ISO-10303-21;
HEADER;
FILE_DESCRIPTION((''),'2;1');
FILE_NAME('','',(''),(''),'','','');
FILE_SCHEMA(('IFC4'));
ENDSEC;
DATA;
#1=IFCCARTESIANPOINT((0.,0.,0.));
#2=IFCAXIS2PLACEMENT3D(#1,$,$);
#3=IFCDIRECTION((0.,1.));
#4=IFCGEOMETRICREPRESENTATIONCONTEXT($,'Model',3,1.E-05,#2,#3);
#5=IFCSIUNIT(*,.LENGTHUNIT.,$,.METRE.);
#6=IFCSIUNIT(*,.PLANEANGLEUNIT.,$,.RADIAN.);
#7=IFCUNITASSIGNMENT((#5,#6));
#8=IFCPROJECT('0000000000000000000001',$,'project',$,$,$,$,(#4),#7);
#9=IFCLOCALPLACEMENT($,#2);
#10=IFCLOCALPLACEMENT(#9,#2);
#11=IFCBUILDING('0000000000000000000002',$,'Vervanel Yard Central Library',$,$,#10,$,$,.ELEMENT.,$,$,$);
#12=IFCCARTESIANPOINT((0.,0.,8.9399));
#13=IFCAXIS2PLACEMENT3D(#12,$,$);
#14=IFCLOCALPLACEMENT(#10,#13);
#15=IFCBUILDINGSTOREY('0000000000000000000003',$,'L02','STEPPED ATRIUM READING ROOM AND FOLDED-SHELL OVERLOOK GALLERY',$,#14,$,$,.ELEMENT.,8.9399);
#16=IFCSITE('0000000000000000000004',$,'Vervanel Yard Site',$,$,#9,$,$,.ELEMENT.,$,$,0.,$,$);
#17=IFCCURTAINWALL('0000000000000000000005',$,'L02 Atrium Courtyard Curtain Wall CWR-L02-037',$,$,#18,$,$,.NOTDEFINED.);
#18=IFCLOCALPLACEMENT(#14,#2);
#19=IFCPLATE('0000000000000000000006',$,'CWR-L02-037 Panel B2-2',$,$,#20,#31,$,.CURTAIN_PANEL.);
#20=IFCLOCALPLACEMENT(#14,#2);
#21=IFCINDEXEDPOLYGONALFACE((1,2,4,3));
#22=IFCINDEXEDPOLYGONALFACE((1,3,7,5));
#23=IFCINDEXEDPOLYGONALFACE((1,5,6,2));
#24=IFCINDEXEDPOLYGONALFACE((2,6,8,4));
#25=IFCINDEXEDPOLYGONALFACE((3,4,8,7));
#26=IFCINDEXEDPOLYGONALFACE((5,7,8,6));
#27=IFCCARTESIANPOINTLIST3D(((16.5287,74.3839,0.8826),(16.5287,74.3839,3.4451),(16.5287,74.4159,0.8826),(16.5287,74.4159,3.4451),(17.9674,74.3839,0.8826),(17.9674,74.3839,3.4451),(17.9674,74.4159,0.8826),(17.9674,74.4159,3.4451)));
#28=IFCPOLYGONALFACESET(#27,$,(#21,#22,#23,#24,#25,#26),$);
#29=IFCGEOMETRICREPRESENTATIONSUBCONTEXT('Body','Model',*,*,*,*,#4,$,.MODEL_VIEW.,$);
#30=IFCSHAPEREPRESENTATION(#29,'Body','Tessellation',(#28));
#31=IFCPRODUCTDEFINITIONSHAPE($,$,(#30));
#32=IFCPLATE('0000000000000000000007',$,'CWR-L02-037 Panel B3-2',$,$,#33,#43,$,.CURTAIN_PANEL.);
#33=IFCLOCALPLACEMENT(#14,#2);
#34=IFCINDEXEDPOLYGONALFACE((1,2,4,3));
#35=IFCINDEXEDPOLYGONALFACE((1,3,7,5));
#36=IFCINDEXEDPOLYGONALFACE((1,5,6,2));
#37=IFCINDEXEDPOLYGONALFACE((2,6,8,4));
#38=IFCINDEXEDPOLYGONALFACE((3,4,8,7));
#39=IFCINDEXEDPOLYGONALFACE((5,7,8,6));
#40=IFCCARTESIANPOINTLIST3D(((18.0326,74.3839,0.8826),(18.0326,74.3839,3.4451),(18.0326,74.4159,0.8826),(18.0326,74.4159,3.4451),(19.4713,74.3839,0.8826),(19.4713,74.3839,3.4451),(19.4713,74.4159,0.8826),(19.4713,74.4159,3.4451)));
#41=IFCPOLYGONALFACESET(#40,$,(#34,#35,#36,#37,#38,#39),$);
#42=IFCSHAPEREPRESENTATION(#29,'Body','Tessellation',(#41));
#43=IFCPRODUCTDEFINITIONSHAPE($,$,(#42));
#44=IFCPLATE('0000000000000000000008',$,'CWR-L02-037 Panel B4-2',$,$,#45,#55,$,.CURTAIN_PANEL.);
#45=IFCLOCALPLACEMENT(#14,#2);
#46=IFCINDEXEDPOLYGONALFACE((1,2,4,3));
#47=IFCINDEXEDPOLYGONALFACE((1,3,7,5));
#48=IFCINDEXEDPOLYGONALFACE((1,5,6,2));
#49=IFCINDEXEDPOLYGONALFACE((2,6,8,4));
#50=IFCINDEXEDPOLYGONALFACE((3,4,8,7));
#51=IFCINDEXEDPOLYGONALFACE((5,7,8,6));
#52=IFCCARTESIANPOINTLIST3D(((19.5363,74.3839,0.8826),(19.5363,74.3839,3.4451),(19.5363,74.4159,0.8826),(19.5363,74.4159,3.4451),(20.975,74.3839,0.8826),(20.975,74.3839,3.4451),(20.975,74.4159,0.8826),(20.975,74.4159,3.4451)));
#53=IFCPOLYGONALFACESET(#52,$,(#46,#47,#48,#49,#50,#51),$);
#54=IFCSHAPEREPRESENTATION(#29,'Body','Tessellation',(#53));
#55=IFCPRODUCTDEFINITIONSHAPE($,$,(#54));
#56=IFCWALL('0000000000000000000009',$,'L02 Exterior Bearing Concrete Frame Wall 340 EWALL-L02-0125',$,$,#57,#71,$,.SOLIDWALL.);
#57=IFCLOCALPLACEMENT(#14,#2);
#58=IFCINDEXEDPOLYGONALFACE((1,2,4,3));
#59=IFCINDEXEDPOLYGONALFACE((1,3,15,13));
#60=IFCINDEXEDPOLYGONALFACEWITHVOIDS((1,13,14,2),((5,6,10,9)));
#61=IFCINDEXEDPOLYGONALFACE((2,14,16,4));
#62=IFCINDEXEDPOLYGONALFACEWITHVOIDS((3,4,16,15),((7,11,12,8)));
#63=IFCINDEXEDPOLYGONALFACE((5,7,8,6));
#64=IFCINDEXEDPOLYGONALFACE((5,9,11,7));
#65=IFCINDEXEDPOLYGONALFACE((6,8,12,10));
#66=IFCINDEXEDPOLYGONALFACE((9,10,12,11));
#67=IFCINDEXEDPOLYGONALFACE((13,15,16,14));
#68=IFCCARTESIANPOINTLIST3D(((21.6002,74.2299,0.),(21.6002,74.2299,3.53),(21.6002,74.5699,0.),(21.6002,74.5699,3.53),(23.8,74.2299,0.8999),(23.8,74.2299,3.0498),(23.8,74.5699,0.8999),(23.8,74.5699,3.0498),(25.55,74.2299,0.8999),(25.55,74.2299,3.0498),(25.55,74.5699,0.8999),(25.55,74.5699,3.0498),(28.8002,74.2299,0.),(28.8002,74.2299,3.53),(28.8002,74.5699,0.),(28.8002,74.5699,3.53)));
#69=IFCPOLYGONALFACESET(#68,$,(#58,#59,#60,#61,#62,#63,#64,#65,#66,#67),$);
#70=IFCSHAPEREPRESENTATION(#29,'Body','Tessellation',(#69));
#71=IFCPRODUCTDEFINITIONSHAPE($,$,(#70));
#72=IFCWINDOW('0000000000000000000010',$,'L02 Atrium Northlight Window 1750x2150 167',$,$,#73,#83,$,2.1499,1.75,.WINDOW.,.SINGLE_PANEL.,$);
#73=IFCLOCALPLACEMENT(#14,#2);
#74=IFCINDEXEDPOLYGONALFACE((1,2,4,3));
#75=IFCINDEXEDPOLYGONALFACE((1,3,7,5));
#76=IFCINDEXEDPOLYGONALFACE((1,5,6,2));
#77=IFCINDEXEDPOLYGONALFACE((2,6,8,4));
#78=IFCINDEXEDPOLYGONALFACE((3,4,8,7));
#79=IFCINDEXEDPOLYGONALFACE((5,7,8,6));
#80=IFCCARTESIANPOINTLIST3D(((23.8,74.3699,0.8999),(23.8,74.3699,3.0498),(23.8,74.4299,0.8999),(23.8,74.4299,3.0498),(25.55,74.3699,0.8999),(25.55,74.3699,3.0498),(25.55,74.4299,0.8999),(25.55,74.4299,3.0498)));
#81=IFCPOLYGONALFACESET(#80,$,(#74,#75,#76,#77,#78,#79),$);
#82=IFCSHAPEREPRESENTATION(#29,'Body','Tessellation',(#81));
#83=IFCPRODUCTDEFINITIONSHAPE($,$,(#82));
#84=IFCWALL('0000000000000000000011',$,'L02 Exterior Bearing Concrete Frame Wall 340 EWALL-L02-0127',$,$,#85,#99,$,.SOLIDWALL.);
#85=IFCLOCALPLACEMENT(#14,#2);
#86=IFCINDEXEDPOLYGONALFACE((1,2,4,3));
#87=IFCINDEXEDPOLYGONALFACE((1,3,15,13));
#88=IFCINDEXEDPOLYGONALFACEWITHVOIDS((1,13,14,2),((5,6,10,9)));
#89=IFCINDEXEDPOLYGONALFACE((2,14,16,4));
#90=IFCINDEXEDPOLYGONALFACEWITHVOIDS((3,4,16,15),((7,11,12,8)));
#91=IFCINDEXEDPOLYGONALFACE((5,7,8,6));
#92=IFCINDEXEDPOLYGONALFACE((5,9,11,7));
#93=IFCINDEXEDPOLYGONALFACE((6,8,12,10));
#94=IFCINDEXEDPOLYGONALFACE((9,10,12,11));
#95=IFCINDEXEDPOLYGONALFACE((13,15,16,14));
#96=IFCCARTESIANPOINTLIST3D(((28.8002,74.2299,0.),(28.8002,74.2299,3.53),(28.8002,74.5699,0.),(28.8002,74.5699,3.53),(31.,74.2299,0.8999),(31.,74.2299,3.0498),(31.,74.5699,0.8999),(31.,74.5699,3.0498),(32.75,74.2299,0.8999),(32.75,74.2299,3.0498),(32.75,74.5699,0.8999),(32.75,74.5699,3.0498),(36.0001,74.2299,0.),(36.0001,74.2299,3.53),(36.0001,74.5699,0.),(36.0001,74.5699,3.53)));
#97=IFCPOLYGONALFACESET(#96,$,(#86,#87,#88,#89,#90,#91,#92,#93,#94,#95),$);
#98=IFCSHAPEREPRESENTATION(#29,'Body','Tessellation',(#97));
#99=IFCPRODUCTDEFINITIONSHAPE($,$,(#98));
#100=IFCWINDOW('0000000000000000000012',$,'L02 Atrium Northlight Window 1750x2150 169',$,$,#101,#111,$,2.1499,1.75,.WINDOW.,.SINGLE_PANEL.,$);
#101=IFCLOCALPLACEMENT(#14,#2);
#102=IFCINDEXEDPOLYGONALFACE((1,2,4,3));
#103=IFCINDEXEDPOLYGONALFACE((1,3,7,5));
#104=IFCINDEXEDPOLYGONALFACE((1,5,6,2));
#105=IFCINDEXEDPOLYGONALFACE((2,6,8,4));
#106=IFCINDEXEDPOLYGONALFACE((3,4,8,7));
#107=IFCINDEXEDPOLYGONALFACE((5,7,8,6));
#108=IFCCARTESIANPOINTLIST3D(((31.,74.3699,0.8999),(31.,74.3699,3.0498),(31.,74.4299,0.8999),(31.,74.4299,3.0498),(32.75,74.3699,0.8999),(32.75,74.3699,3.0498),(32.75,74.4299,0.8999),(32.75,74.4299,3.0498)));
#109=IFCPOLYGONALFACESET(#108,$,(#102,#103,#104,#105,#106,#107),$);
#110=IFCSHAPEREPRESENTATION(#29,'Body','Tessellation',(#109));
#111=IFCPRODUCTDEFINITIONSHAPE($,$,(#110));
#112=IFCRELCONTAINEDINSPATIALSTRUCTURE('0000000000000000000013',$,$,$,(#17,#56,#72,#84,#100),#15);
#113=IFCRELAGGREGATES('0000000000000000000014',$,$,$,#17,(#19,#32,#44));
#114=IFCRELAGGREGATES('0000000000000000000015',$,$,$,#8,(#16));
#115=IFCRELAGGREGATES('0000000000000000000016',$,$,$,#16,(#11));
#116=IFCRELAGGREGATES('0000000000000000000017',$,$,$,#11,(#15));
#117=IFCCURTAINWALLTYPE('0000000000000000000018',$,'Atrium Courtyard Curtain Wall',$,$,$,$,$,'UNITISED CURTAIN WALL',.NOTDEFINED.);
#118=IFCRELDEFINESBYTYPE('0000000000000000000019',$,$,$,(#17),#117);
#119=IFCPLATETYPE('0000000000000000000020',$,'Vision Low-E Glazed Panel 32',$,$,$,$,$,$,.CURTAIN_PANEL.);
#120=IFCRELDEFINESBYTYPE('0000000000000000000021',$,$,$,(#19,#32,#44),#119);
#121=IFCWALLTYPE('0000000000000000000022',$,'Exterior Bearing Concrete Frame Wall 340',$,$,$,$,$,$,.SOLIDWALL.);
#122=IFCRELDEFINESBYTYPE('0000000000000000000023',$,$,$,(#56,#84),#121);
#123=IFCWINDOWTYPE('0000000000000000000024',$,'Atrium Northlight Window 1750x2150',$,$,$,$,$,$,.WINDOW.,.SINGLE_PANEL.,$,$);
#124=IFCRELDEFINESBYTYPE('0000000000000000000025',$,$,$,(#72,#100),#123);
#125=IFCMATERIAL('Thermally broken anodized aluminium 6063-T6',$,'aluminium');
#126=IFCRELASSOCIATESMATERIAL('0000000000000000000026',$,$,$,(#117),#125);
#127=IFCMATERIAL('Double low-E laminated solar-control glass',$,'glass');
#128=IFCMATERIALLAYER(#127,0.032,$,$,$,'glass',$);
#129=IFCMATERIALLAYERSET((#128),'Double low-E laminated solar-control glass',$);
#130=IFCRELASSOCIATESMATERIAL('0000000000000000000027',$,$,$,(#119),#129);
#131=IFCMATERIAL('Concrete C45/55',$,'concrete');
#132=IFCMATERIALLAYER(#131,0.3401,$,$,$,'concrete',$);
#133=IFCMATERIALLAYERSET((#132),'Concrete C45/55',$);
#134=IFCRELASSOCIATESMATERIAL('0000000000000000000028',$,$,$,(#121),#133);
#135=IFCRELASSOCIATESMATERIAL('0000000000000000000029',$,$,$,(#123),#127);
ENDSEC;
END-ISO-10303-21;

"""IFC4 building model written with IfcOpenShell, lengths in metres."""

from ifc_helpers import new_model, si_unit, direction, frame, frame_2d, origin, origin_2d, place, context, subcontext, project, spatial, rectangle, extrude, material, layer, layer_set, type_object, element, fill, aggregate, save


model = new_model("IFC4")

# Units and contexts
model_context = context("Model", 3, precision=1e-05, world=origin(), true_north=direction((0.0, 1.0)))
body_context = subcontext(model_context, "Body", "Model", "MODEL_VIEW")
ifc_project = project(units=[si_unit("LENGTHUNIT", "METRE"), si_unit("PLANEANGLEUNIT", "RADIAN")], contexts=[model_context])

# Site, building, storey
site_placement = place(None, origin())
site = spatial("IfcSite", under=ifc_project, at=site_placement, Name="Vervanel Yard Site", CompositionType="ELEMENT", RefElevation=0.0)
building_placement = place(site_placement, origin())
building = spatial("IfcBuilding", under=site, at=building_placement, Name="Vervanel Yard Central Library", CompositionType="ELEMENT")
storey_placement = place(building_placement, frame((0.0, 0.0, 8.9399)))
storey = spatial("IfcBuildingStorey", under=building, at=storey_placement, Name="L02", Description="STEPPED ATRIUM READING ROOM AND FOLDED-SHELL OVERLOOK GALLERY", CompositionType="ELEMENT", Elevation=8.9399)

# Curtain wall
ifc_material_1 = material(Name="Thermally broken anodized aluminium 6063-T6", Category="aluminium")
curtain_wall_type = type_object("IfcCurtainWallType", Name="Atrium Courtyard Curtain Wall", ElementType="UNITISED CURTAIN WALL", PredefinedType="NOTDEFINED", material=ifc_material_1)
curtain_wall_placement = place(storey_placement, origin())
curtain_wall = element("IfcCurtainWall", 1, at=curtain_wall_placement, inside=storey, type_object=curtain_wall_type, Name="L02 Atrium Courtyard Curtain Wall CWR-L02-037", PredefinedType="NOTDEFINED")

# Plates
ifc_material_2 = material(Name="Double low-E laminated solar-control glass", Category="glass")
ifc_layer_1 = layer(ifc_material_2, 0.032, Category="glass")
ifc_layer_set_1 = layer_set([ifc_layer_1], Name="Double low-E laminated solar-control glass")
plate_type_1 = type_object("IfcPlateType", Name="Vision Low-E Glazed Panel 32", PredefinedType="CURTAIN_PANEL", material=ifc_layer_set_1)
plate_1_placement = place(storey_placement, frame((17.248, 74.3999, 0.8826), z_axis=(0.0, 0.0, 1.0), x_axis=(1.0, 0.0, 0.0)))
plate_1 = element("IfcPlate", 2, at=plate_1_placement, type_object=plate_type_1, Name="CWR-L02-037 Panel B2-2", PredefinedType="CURTAIN_PANEL", context=body_context, shape_type="SweptSolid", body=[
    extrude(rectangle(XDim=1.4387, YDim=0.032, at=origin_2d()), origin(), (0.0, 0.0, 1.0), 2.5625),
])
plate_2_placement = place(storey_placement, frame((18.752, 74.3999, 0.8826), z_axis=(0.0, 0.0, 1.0), x_axis=(1.0, 0.0, 0.0)))
plate_2 = element("IfcPlate", 3, at=plate_2_placement, type_object=plate_type_1, Name="CWR-L02-037 Panel B3-2", PredefinedType="CURTAIN_PANEL", context=body_context, shape_type="SweptSolid", body=[
    extrude(rectangle(XDim=1.4387, YDim=0.032, at=origin_2d()), origin(), (0.0, 0.0, 1.0), 2.5625),
])
plate_3_placement = place(storey_placement, frame((20.2556, 74.3999, 0.8826), z_axis=(0.0, 0.0, 1.0), x_axis=(1.0, 0.0, 0.0)))
plate_3 = element("IfcPlate", 4, at=plate_3_placement, type_object=plate_type_1, Name="CWR-L02-037 Panel B4-2", PredefinedType="CURTAIN_PANEL", context=body_context, shape_type="SweptSolid", body=[
    extrude(rectangle(XDim=1.4387, YDim=0.032, at=origin_2d()), origin(), (0.0, 0.0, 1.0), 2.5625),
])
aggregate(curtain_wall, [plate_1, plate_2, plate_3])

# Walls, openings, windows
ifc_material_3 = material(Name="Concrete C45/55", Category="concrete")
ifc_layer_2 = layer(ifc_material_3, 0.3401, Category="concrete")
ifc_layer_set_2 = layer_set([ifc_layer_2], Name="Concrete C45/55")
wall_type = type_object("IfcWallType", Name="Exterior Bearing Concrete Frame Wall 340", PredefinedType="SOLIDWALL", material=ifc_layer_set_2)
wall_1_placement = place(storey_placement, frame((21.6001, 74.3999, 0.0), z_axis=(0.0, 0.0, 1.0), x_axis=(1.0, 0.0, 0.0)))
wall_1 = element("IfcWall", 5, at=wall_1_placement, inside=storey, type_object=wall_type, Name="L02 Exterior Bearing Concrete Frame Wall 340 EWALL-L02-0125", PredefinedType="SOLIDWALL", context=body_context, shape_type="SweptSolid", body=[
    extrude(rectangle(XDim=7.2, YDim=0.3401, at=frame_2d((3.6001, 0.0))), origin(), (0.0, 0.0, 1.0), 3.53),
])
opening_1_placement = place(wall_1_placement, frame((2.2, 0.0, 0.8999)))
opening_1 = element("IfcOpeningElement", 6, at=opening_1_placement, cuts=wall_1, PredefinedType="OPENING", context=body_context, shape_type="SweptSolid", body=[
    extrude(rectangle(XDim=1.75, YDim=2.1499, at=frame_2d((0.875, 1.075))), frame((0.0, 0.1799, 0.0), z_axis=(0.0, -1.0, 0.0), x_axis=(1.0, 0.0, 0.0)), (0.0, 0.0, 1.0), 0.3601),
])
window_type = type_object("IfcWindowType", Name="Atrium Northlight Window 1750x2150", PartitioningType="SINGLE_PANEL", PredefinedType="WINDOW", material=ifc_material_2)
window_1_placement = place(opening_1_placement, origin())
window_1 = element("IfcWindow", 7, at=window_1_placement, inside=storey, type_object=window_type, Name="L02 Atrium Northlight Window 1750x2150 167", OverallHeight=2.1499, OverallWidth=1.75, PartitioningType="SINGLE_PANEL", PredefinedType="WINDOW", context=body_context, shape_type="SweptSolid", body=[
    extrude(rectangle(XDim=1.75, YDim=2.1499, at=frame_2d((0.875, 1.075))), frame((0.0, 0.03, 0.0), z_axis=(0.0, -1.0, 0.0), x_axis=(1.0, 0.0, 0.0)), (0.0, 0.0, 1.0), 0.0601),
])
fill(opening_1, window_1)
wall_2_placement = place(storey_placement, frame((28.8, 74.3999, 0.0), z_axis=(0.0, 0.0, 1.0), x_axis=(1.0, 0.0, 0.0)))
wall_2 = element("IfcWall", 8, at=wall_2_placement, inside=storey, type_object=wall_type, Name="L02 Exterior Bearing Concrete Frame Wall 340 EWALL-L02-0127", PredefinedType="SOLIDWALL", context=body_context, shape_type="SweptSolid", body=[
    extrude(rectangle(XDim=7.2, YDim=0.3401, at=frame_2d((3.6001, 0.0))), origin(), (0.0, 0.0, 1.0), 3.53),
])
opening_2_placement = place(wall_2_placement, frame((2.2, 0.0, 0.8999)))
opening_2 = element("IfcOpeningElement", 9, at=opening_2_placement, cuts=wall_2, PredefinedType="OPENING", context=body_context, shape_type="SweptSolid", body=[
    extrude(rectangle(XDim=1.75, YDim=2.1499, at=frame_2d((0.875, 1.075))), frame((0.0, 0.1799, 0.0), z_axis=(0.0, -1.0, 0.0), x_axis=(1.0, 0.0, 0.0)), (0.0, 0.0, 1.0), 0.3601),
])
window_2_placement = place(opening_2_placement, origin())
window_2 = element("IfcWindow", 10, at=window_2_placement, inside=storey, type_object=window_type, Name="L02 Atrium Northlight Window 1750x2150 169", OverallHeight=2.1499, OverallWidth=1.75, PartitioningType="SINGLE_PANEL", PredefinedType="WINDOW", context=body_context, shape_type="SweptSolid", body=[
    extrude(rectangle(XDim=1.75, YDim=2.1499, at=frame_2d((0.875, 1.075))), frame((0.0, 0.03, 0.0), z_axis=(0.0, -1.0, 0.0), x_axis=(1.0, 0.0, 0.0)), (0.0, 0.0, 1.0), 0.0601),
])
fill(opening_2, window_2)

save(model, "model.ifc")
